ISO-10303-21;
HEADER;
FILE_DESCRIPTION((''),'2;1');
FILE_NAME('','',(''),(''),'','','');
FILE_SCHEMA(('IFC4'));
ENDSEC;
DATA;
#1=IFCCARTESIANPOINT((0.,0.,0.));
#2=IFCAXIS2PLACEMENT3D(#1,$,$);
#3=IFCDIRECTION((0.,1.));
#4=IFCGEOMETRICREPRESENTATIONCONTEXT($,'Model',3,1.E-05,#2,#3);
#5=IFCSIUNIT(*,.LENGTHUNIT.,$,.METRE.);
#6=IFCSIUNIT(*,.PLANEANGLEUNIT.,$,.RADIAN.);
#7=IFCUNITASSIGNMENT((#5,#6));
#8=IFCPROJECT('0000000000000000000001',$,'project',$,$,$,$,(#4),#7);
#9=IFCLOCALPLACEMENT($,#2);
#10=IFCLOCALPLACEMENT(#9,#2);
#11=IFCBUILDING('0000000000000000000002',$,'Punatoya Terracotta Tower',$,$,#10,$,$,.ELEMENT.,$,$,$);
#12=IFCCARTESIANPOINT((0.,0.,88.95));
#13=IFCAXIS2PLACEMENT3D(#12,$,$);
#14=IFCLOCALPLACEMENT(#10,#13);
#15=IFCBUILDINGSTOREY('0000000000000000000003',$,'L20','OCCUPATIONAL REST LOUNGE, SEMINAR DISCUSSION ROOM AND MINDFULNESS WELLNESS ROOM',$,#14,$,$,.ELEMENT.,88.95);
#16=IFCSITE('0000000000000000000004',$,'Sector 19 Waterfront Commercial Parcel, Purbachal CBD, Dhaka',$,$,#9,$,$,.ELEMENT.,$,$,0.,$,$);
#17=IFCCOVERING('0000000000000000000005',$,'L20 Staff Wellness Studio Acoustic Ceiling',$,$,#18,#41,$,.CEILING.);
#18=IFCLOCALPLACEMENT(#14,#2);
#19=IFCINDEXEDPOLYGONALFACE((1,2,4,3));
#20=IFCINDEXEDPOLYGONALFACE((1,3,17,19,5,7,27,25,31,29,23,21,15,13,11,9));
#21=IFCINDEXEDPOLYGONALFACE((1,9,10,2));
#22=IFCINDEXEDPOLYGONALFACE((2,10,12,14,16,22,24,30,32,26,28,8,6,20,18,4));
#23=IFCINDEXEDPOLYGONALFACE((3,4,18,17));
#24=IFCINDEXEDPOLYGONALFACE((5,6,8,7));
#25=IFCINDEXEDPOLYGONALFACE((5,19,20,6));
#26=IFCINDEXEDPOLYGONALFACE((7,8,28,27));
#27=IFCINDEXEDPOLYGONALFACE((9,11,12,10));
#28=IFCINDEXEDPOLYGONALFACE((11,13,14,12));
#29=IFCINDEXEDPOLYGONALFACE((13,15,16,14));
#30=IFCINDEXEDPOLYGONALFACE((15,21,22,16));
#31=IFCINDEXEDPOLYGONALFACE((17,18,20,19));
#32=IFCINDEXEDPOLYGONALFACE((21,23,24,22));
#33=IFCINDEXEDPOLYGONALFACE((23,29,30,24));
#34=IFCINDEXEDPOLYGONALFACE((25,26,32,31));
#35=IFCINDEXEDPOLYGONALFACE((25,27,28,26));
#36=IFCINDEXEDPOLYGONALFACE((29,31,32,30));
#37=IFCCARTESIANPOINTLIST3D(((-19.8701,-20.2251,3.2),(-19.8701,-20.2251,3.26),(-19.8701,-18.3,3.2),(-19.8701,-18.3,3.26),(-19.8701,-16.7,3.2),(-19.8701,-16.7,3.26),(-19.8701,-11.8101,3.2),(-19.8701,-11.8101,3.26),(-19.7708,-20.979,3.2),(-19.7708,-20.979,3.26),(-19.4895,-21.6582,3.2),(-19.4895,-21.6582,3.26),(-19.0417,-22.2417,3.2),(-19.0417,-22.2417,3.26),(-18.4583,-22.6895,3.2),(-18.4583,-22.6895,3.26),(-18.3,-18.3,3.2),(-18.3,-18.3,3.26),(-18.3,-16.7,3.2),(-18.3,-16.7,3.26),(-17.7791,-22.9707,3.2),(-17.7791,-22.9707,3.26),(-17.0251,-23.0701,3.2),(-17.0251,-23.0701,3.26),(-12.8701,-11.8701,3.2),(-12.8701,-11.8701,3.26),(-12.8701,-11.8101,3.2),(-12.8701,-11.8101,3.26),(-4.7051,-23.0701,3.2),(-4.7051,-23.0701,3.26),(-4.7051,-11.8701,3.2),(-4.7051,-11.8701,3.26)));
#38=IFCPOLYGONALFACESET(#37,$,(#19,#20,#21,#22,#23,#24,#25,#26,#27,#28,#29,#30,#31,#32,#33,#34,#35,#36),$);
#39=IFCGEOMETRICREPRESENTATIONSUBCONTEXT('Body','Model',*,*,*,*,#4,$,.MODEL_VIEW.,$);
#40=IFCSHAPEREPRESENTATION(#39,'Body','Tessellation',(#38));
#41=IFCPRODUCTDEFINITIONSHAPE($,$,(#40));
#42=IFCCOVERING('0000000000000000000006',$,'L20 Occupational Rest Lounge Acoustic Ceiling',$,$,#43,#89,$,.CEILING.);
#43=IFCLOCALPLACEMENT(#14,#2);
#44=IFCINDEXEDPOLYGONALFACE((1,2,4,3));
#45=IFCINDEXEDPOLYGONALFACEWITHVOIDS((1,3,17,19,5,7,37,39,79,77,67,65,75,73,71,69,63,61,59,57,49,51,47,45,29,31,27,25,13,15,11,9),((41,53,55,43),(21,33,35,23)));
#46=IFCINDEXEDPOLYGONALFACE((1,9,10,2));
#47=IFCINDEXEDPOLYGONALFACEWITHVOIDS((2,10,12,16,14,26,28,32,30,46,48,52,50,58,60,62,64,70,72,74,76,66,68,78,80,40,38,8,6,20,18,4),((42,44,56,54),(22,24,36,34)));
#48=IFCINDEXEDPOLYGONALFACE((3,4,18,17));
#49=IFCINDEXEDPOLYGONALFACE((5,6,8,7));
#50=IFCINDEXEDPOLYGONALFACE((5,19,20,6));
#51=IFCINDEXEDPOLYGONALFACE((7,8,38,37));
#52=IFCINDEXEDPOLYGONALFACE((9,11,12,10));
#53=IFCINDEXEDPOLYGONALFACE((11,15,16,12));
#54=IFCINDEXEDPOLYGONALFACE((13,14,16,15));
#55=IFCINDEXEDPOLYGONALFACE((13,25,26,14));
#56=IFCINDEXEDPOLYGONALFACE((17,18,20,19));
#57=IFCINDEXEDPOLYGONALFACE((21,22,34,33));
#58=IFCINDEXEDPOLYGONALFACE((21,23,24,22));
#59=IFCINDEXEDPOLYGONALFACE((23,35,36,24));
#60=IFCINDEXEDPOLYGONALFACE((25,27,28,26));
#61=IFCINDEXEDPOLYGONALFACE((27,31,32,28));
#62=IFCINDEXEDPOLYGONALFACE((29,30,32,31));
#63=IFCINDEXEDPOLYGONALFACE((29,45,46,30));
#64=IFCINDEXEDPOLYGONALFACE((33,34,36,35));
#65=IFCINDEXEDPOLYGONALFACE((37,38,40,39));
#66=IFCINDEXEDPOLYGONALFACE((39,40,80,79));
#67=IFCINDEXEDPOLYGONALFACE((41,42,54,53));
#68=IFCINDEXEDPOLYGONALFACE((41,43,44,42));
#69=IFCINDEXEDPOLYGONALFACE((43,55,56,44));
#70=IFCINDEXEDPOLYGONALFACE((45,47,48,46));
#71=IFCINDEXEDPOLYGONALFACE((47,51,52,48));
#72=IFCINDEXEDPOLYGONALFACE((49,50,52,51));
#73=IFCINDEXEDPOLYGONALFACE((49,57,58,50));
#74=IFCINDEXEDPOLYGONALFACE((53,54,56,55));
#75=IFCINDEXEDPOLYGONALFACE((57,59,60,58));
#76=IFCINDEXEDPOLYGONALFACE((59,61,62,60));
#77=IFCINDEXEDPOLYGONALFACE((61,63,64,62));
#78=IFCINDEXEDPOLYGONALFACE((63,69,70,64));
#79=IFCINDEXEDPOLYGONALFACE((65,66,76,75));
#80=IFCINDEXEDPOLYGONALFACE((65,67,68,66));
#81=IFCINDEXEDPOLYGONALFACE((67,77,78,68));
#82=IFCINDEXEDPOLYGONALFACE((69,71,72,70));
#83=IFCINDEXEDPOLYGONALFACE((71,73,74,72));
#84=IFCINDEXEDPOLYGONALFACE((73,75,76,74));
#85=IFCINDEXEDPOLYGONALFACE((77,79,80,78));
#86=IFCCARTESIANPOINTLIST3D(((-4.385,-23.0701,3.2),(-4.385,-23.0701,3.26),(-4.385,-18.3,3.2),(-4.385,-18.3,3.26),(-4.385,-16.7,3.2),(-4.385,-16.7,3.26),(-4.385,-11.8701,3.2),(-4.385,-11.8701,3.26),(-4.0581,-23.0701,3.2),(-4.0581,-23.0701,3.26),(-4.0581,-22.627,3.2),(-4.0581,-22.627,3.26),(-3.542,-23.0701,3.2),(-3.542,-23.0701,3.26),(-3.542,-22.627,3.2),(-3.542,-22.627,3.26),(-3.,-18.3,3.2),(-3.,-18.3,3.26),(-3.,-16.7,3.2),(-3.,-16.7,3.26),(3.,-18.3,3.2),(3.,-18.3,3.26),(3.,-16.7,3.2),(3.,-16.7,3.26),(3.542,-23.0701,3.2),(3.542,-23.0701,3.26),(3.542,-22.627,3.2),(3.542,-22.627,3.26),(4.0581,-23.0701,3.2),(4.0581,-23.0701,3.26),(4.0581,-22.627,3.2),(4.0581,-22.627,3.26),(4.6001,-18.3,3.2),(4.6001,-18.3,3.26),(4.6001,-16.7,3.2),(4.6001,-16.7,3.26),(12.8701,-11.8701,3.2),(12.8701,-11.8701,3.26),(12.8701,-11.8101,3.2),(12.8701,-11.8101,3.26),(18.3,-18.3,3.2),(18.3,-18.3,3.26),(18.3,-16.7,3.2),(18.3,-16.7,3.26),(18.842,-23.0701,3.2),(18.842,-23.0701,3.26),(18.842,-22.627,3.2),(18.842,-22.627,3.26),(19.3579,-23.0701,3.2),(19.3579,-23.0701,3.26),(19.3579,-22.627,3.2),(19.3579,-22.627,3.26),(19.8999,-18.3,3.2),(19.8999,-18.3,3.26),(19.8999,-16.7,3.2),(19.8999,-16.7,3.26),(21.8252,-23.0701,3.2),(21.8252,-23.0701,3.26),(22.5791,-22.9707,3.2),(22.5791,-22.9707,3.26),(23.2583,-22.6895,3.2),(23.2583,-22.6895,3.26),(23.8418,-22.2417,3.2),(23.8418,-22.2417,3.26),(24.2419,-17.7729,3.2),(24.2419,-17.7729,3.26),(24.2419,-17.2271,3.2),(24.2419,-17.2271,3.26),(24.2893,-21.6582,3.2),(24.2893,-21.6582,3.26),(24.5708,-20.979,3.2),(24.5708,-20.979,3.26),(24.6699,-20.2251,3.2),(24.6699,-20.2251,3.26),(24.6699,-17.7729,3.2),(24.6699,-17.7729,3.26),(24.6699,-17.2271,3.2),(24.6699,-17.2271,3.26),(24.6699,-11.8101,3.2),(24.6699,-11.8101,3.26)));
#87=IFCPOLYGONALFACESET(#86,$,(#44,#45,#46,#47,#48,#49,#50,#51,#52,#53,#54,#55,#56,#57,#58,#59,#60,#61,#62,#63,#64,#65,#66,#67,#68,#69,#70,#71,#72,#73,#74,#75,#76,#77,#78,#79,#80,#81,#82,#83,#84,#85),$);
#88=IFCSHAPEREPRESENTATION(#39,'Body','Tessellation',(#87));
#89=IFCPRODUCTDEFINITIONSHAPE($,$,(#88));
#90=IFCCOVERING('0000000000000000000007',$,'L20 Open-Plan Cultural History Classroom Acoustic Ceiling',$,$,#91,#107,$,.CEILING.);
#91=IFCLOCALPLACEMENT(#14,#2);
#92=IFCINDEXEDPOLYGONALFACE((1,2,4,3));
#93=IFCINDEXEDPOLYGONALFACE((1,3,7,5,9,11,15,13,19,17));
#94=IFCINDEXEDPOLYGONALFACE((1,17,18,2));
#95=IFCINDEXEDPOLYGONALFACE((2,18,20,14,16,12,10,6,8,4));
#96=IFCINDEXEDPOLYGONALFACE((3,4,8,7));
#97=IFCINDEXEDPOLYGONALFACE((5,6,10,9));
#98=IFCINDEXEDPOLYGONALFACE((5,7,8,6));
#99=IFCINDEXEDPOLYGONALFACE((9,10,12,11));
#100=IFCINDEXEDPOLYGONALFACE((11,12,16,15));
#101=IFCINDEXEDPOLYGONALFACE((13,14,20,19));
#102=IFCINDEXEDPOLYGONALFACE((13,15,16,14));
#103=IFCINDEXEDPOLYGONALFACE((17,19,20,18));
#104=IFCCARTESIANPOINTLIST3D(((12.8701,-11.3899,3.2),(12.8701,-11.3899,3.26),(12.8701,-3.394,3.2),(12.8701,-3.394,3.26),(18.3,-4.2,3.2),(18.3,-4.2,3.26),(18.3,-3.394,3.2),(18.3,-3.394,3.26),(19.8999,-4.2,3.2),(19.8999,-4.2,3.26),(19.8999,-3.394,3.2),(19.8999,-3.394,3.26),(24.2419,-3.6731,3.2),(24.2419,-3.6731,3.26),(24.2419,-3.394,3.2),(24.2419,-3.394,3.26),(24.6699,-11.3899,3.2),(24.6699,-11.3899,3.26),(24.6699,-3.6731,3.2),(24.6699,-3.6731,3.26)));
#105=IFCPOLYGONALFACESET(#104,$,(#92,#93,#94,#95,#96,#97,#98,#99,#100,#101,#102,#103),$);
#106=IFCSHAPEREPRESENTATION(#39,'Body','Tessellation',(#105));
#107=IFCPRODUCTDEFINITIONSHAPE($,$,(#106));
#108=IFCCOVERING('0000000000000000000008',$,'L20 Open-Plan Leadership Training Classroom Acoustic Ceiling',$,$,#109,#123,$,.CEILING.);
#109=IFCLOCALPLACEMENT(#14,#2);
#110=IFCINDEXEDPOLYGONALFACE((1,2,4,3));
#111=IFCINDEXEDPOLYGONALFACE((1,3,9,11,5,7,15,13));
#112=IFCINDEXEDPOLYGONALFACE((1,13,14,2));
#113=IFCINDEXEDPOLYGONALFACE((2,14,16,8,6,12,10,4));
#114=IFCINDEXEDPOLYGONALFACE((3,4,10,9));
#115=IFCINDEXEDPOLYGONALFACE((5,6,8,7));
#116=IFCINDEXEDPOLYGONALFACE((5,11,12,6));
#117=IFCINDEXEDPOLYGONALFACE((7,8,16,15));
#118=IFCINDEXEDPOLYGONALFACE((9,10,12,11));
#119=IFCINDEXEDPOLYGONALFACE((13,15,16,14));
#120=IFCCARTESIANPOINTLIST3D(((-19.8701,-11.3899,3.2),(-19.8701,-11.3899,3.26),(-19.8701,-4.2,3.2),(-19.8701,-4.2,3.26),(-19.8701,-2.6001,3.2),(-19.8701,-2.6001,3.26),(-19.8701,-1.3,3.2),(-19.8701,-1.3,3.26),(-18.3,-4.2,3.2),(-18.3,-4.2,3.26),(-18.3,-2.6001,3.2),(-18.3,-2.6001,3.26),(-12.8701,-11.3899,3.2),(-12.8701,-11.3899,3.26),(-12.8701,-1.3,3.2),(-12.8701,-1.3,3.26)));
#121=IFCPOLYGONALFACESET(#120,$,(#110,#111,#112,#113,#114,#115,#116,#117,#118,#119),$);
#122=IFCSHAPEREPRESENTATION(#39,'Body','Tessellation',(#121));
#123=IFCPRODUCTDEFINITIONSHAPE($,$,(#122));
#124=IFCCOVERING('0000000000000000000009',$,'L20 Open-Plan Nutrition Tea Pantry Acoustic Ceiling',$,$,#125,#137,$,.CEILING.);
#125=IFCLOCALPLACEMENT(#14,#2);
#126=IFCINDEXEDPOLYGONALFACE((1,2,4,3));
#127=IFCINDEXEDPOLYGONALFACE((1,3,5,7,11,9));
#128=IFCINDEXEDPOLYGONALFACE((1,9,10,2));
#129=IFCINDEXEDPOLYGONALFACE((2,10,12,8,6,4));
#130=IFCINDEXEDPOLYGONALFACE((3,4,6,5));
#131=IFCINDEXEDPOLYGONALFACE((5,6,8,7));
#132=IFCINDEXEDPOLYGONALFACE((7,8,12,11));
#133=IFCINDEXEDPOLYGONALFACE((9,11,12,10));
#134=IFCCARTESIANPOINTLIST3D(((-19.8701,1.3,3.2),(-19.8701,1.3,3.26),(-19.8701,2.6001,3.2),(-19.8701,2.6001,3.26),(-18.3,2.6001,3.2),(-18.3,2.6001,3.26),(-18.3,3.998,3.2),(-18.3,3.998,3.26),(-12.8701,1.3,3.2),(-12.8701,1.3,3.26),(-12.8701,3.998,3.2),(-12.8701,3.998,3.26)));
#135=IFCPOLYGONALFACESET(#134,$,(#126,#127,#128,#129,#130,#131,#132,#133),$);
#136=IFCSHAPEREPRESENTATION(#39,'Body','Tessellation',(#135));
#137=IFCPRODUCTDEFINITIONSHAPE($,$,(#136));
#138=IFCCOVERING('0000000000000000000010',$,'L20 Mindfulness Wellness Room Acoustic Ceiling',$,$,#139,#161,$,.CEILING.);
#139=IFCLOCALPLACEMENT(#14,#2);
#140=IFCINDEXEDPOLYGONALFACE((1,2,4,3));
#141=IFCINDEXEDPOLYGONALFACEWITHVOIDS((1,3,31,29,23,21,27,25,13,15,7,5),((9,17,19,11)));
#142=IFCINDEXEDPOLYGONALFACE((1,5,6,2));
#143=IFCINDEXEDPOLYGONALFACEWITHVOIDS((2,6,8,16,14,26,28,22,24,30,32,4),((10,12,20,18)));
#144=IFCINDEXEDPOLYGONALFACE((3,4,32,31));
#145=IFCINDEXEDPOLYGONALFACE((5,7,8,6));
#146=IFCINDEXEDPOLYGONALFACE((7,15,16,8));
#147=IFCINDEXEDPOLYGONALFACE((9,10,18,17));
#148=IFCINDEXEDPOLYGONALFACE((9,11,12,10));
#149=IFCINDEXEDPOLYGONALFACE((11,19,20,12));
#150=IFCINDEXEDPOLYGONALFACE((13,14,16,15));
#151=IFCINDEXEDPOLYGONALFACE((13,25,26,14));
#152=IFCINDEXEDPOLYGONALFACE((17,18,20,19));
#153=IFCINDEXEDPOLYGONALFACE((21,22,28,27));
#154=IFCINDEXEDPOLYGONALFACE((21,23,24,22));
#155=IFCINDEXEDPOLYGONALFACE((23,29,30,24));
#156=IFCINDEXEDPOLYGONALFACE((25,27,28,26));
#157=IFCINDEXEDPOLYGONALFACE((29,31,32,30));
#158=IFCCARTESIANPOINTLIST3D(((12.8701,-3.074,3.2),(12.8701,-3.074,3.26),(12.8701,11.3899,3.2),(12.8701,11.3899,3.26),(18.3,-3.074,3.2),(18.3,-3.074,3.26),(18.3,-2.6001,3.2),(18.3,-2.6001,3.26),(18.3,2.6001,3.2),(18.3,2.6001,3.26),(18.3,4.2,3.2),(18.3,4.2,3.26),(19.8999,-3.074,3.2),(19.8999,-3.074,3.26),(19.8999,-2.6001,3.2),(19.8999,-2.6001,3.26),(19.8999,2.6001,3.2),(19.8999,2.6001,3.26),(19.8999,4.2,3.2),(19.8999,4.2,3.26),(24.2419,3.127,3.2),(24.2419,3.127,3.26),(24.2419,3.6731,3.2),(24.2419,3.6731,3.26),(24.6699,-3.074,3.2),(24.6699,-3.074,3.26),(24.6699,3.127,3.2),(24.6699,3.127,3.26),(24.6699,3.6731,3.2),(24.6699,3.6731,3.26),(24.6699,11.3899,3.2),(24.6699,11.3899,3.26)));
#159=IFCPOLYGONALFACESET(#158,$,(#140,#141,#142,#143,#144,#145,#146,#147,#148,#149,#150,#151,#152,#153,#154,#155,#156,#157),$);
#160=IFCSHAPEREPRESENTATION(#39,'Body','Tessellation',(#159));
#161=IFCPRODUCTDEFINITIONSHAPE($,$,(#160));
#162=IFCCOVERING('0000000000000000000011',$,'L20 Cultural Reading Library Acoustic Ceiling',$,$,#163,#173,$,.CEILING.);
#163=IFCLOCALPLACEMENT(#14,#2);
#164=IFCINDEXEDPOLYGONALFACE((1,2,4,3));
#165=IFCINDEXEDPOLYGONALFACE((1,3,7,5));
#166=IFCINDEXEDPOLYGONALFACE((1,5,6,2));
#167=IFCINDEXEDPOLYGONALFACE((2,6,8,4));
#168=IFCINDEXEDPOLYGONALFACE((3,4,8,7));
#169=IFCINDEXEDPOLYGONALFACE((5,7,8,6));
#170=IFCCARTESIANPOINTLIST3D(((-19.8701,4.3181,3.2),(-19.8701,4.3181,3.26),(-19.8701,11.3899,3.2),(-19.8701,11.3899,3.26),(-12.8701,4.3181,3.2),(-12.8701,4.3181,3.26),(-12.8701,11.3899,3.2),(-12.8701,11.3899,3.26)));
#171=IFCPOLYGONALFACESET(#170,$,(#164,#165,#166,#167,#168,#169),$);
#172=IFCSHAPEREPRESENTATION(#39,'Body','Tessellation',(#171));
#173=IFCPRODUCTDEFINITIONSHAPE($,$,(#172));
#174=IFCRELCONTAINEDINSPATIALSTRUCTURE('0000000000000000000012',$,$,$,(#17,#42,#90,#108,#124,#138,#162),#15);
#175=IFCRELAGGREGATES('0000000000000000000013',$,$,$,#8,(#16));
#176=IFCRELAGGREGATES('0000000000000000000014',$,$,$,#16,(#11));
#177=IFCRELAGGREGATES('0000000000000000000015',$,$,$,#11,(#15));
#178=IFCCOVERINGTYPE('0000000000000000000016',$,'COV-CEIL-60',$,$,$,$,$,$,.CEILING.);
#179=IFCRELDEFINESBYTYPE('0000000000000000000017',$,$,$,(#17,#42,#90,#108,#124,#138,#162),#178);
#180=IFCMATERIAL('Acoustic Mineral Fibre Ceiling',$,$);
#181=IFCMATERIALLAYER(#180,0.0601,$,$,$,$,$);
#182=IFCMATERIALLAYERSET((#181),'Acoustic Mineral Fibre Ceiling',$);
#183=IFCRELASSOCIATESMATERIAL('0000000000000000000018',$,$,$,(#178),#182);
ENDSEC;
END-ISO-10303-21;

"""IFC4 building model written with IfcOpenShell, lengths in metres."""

from ifc_helpers import new_model, si_unit, direction, frame, origin, place, context, subcontext, project, spatial, polyline, outline, extrude, material, layer, layer_set, type_object, element, save


model = new_model("IFC4")

# Units and contexts
model_context = context("Model", 3, precision=1e-05, world=origin(), true_north=direction((0.0, 1.0)))
body_context = subcontext(model_context, "Body", "Model", "MODEL_VIEW")
ifc_project = project(units=[si_unit("LENGTHUNIT", "METRE"), si_unit("PLANEANGLEUNIT", "RADIAN")], contexts=[model_context])

# Site, building, storey
site_placement = place(None, origin())
site = spatial("IfcSite", under=ifc_project, at=site_placement, Name="Sector 19 Waterfront Commercial Parcel, Purbachal CBD, Dhaka", CompositionType="ELEMENT", RefElevation=0.0)
building_placement = place(site_placement, origin())
building = spatial("IfcBuilding", under=site, at=building_placement, Name="Punatoya Terracotta Tower", CompositionType="ELEMENT")
storey_placement = place(building_placement, frame((0.0, 0.0, 88.95)))
storey = spatial("IfcBuildingStorey", under=building, at=storey_placement, Name="L20", Description="OCCUPATIONAL REST LOUNGE, SEMINAR DISCUSSION ROOM AND MINDFULNESS WELLNESS ROOM", CompositionType="ELEMENT", Elevation=88.95)

# Coverings
ifc_material_1 = material(Name="Acoustic Mineral Fibre Ceiling")
ifc_layer_1 = layer(ifc_material_1, 0.0601)
ifc_layer_set_1 = layer_set([ifc_layer_1], Name="Acoustic Mineral Fibre Ceiling")
covering_type = type_object("IfcCoveringType", Name="COV-CEIL-60", PredefinedType="CEILING", material=ifc_layer_set_1)
covering_1_placement = place(storey_placement, frame((0.0, 0.0, 3.2)))
element("IfcCovering", 1, at=covering_1_placement, inside=storey, type_object=covering_type, Name="L20 Staff Wellness Studio Acoustic Ceiling", PredefinedType="CEILING", context=body_context, shape_type="SweptSolid", body=[
    extrude(outline(polyline([(-19.8701, -18.3), (-19.8701, -20.2251), (-19.7708, -20.979), (-19.4895, -21.6582), (-19.0417, -22.2417), (-18.4583, -22.6895), (-17.7791, -22.9707), (-17.0251, -23.0701), (-4.7051, -23.0701), (-4.7051, -11.8701), (-12.8701, -11.8701), (-12.8701, -11.8101), (-19.8701, -11.8101), (-19.8701, -16.7), (-18.3, -16.7), (-18.3, -18.3), (-19.8701, -18.3)])), origin(), (0.0, 0.0, 1.0), 0.0601),
])
covering_2_placement = place(storey_placement, frame((0.0, 0.0, 3.2)))
element("IfcCovering", 2, at=covering_2_placement, inside=storey, type_object=covering_type, Name="L20 Occupational Rest Lounge Acoustic Ceiling", PredefinedType="CEILING", context=body_context, shape_type="SweptSolid", body=[
    extrude(outline(polyline([(12.8701, -11.8701), (-4.385, -11.8701), (-4.385, -16.7), (-3.0, -16.7), (-3.0, -18.3), (-4.385, -18.3), (-4.385, -23.0701), (-4.0581, -23.0701), (-4.0581, -22.627), (-3.542, -22.627), (-3.542, -23.0701), (3.542, -23.0701), (3.542, -22.627), (4.0581, -22.627), (4.0581, -23.0701), (18.842, -23.0701), (18.842, -22.627), (19.3579, -22.627), (19.3579, -23.0701), (21.8252, -23.0701), (22.5791, -22.9707), (23.2583, -22.6895), (23.8418, -22.2417), (24.2893, -21.6582), (24.5708, -20.979), (24.6699, -20.2251), (24.6699, -17.7729), (24.2419, -17.7729), (24.2419, -17.2271), (24.6699, -17.2271), (24.6699, -11.8101), (12.8701, -11.8101), (12.8701, -11.8701)]), holes=[polyline([(19.8999, -18.3), (18.3, -18.3), (18.3, -16.7), (19.8999, -16.7), (19.8999, -18.3)]), polyline([(4.6001, -16.7), (4.6001, -18.3), (3.0, -18.3), (3.0, -16.7), (4.6001, -16.7)])]), origin(), (0.0, 0.0, 1.0), 0.0601),
])
covering_3_placement = place(storey_placement, frame((0.0, 0.0, 3.2)))
element("IfcCovering", 3, at=covering_3_placement, inside=storey, type_object=covering_type, Name="L20 Open-Plan Cultural History Classroom Acoustic Ceiling", PredefinedType="CEILING", context=body_context, shape_type="SweptSolid", body=[
    extrude(outline(polyline([(12.8701, -3.394), (12.8701, -11.3899), (24.6699, -11.3899), (24.6699, -3.6731), (24.2419, -3.6731), (24.2419, -3.394), (19.8999, -3.394), (19.8999, -4.2), (18.3, -4.2), (18.3, -3.394), (12.8701, -3.394)])), origin(), (0.0, 0.0, 1.0), 0.0601),
])
covering_4_placement = place(storey_placement, frame((0.0, 0.0, 3.2)))
element("IfcCovering", 4, at=covering_4_placement, inside=storey, type_object=covering_type, Name="L20 Open-Plan Leadership Training Classroom Acoustic Ceiling", PredefinedType="CEILING", context=body_context, shape_type="SweptSolid", body=[
    extrude(outline(polyline([(-12.8701, -11.3899), (-12.8701, -1.3), (-19.8701, -1.3), (-19.8701, -2.6001), (-18.3, -2.6001), (-18.3, -4.2), (-19.8701, -4.2), (-19.8701, -11.3899), (-12.8701, -11.3899)])), origin(), (0.0, 0.0, 1.0), 0.0601),
])
covering_5_placement = place(storey_placement, frame((0.0, 0.0, 3.2)))
element("IfcCovering", 5, at=covering_5_placement, inside=storey, type_object=covering_type, Name="L20 Open-Plan Nutrition Tea Pantry Acoustic Ceiling", PredefinedType="CEILING", context=body_context, shape_type="SweptSolid", body=[
    extrude(outline(polyline([(-19.8701, 2.6001), (-19.8701, 1.3), (-12.8701, 1.3), (-12.8701, 3.998), (-18.3, 3.998), (-18.3, 2.6001), (-19.8701, 2.6001)])), origin(), (0.0, 0.0, 1.0), 0.0601),
])
covering_6_placement = place(storey_placement, frame((0.0, 0.0, 3.2)))
element("IfcCovering", 6, at=covering_6_placement, inside=storey, type_object=covering_type, Name="L20 Mindfulness Wellness Room Acoustic Ceiling", PredefinedType="CEILING", context=body_context, shape_type="SweptSolid", body=[
    extrude(outline(polyline([(12.8701, 11.3899), (12.8701, -3.074), (18.3, -3.074), (18.3, -2.6001), (19.8999, -2.6001), (19.8999, -3.074), (24.6699, -3.074), (24.6699, 3.127), (24.2419, 3.127), (24.2419, 3.6731), (24.6699, 3.6731), (24.6699, 11.3899), (12.8701, 11.3899)]), holes=[polyline([(18.3, 4.2), (19.8999, 4.2), (19.8999, 2.6001), (18.3, 2.6001), (18.3, 4.2)])]), origin(), (0.0, 0.0, 1.0), 0.0601),
])
covering_7_placement = place(storey_placement, frame((0.0, 0.0, 3.2)))
element("IfcCovering", 7, at=covering_7_placement, inside=storey, type_object=covering_type, Name="L20 Cultural Reading Library Acoustic Ceiling", PredefinedType="CEILING", context=body_context, shape_type="SweptSolid", body=[
    extrude(outline(polyline([(-12.8701, 4.3181), (-12.8701, 11.3899), (-19.8701, 11.3899), (-19.8701, 4.3181), (-12.8701, 4.3181)])), origin(), (0.0, 0.0, 1.0), 0.0601),
])

save(model, "model.ifc")
